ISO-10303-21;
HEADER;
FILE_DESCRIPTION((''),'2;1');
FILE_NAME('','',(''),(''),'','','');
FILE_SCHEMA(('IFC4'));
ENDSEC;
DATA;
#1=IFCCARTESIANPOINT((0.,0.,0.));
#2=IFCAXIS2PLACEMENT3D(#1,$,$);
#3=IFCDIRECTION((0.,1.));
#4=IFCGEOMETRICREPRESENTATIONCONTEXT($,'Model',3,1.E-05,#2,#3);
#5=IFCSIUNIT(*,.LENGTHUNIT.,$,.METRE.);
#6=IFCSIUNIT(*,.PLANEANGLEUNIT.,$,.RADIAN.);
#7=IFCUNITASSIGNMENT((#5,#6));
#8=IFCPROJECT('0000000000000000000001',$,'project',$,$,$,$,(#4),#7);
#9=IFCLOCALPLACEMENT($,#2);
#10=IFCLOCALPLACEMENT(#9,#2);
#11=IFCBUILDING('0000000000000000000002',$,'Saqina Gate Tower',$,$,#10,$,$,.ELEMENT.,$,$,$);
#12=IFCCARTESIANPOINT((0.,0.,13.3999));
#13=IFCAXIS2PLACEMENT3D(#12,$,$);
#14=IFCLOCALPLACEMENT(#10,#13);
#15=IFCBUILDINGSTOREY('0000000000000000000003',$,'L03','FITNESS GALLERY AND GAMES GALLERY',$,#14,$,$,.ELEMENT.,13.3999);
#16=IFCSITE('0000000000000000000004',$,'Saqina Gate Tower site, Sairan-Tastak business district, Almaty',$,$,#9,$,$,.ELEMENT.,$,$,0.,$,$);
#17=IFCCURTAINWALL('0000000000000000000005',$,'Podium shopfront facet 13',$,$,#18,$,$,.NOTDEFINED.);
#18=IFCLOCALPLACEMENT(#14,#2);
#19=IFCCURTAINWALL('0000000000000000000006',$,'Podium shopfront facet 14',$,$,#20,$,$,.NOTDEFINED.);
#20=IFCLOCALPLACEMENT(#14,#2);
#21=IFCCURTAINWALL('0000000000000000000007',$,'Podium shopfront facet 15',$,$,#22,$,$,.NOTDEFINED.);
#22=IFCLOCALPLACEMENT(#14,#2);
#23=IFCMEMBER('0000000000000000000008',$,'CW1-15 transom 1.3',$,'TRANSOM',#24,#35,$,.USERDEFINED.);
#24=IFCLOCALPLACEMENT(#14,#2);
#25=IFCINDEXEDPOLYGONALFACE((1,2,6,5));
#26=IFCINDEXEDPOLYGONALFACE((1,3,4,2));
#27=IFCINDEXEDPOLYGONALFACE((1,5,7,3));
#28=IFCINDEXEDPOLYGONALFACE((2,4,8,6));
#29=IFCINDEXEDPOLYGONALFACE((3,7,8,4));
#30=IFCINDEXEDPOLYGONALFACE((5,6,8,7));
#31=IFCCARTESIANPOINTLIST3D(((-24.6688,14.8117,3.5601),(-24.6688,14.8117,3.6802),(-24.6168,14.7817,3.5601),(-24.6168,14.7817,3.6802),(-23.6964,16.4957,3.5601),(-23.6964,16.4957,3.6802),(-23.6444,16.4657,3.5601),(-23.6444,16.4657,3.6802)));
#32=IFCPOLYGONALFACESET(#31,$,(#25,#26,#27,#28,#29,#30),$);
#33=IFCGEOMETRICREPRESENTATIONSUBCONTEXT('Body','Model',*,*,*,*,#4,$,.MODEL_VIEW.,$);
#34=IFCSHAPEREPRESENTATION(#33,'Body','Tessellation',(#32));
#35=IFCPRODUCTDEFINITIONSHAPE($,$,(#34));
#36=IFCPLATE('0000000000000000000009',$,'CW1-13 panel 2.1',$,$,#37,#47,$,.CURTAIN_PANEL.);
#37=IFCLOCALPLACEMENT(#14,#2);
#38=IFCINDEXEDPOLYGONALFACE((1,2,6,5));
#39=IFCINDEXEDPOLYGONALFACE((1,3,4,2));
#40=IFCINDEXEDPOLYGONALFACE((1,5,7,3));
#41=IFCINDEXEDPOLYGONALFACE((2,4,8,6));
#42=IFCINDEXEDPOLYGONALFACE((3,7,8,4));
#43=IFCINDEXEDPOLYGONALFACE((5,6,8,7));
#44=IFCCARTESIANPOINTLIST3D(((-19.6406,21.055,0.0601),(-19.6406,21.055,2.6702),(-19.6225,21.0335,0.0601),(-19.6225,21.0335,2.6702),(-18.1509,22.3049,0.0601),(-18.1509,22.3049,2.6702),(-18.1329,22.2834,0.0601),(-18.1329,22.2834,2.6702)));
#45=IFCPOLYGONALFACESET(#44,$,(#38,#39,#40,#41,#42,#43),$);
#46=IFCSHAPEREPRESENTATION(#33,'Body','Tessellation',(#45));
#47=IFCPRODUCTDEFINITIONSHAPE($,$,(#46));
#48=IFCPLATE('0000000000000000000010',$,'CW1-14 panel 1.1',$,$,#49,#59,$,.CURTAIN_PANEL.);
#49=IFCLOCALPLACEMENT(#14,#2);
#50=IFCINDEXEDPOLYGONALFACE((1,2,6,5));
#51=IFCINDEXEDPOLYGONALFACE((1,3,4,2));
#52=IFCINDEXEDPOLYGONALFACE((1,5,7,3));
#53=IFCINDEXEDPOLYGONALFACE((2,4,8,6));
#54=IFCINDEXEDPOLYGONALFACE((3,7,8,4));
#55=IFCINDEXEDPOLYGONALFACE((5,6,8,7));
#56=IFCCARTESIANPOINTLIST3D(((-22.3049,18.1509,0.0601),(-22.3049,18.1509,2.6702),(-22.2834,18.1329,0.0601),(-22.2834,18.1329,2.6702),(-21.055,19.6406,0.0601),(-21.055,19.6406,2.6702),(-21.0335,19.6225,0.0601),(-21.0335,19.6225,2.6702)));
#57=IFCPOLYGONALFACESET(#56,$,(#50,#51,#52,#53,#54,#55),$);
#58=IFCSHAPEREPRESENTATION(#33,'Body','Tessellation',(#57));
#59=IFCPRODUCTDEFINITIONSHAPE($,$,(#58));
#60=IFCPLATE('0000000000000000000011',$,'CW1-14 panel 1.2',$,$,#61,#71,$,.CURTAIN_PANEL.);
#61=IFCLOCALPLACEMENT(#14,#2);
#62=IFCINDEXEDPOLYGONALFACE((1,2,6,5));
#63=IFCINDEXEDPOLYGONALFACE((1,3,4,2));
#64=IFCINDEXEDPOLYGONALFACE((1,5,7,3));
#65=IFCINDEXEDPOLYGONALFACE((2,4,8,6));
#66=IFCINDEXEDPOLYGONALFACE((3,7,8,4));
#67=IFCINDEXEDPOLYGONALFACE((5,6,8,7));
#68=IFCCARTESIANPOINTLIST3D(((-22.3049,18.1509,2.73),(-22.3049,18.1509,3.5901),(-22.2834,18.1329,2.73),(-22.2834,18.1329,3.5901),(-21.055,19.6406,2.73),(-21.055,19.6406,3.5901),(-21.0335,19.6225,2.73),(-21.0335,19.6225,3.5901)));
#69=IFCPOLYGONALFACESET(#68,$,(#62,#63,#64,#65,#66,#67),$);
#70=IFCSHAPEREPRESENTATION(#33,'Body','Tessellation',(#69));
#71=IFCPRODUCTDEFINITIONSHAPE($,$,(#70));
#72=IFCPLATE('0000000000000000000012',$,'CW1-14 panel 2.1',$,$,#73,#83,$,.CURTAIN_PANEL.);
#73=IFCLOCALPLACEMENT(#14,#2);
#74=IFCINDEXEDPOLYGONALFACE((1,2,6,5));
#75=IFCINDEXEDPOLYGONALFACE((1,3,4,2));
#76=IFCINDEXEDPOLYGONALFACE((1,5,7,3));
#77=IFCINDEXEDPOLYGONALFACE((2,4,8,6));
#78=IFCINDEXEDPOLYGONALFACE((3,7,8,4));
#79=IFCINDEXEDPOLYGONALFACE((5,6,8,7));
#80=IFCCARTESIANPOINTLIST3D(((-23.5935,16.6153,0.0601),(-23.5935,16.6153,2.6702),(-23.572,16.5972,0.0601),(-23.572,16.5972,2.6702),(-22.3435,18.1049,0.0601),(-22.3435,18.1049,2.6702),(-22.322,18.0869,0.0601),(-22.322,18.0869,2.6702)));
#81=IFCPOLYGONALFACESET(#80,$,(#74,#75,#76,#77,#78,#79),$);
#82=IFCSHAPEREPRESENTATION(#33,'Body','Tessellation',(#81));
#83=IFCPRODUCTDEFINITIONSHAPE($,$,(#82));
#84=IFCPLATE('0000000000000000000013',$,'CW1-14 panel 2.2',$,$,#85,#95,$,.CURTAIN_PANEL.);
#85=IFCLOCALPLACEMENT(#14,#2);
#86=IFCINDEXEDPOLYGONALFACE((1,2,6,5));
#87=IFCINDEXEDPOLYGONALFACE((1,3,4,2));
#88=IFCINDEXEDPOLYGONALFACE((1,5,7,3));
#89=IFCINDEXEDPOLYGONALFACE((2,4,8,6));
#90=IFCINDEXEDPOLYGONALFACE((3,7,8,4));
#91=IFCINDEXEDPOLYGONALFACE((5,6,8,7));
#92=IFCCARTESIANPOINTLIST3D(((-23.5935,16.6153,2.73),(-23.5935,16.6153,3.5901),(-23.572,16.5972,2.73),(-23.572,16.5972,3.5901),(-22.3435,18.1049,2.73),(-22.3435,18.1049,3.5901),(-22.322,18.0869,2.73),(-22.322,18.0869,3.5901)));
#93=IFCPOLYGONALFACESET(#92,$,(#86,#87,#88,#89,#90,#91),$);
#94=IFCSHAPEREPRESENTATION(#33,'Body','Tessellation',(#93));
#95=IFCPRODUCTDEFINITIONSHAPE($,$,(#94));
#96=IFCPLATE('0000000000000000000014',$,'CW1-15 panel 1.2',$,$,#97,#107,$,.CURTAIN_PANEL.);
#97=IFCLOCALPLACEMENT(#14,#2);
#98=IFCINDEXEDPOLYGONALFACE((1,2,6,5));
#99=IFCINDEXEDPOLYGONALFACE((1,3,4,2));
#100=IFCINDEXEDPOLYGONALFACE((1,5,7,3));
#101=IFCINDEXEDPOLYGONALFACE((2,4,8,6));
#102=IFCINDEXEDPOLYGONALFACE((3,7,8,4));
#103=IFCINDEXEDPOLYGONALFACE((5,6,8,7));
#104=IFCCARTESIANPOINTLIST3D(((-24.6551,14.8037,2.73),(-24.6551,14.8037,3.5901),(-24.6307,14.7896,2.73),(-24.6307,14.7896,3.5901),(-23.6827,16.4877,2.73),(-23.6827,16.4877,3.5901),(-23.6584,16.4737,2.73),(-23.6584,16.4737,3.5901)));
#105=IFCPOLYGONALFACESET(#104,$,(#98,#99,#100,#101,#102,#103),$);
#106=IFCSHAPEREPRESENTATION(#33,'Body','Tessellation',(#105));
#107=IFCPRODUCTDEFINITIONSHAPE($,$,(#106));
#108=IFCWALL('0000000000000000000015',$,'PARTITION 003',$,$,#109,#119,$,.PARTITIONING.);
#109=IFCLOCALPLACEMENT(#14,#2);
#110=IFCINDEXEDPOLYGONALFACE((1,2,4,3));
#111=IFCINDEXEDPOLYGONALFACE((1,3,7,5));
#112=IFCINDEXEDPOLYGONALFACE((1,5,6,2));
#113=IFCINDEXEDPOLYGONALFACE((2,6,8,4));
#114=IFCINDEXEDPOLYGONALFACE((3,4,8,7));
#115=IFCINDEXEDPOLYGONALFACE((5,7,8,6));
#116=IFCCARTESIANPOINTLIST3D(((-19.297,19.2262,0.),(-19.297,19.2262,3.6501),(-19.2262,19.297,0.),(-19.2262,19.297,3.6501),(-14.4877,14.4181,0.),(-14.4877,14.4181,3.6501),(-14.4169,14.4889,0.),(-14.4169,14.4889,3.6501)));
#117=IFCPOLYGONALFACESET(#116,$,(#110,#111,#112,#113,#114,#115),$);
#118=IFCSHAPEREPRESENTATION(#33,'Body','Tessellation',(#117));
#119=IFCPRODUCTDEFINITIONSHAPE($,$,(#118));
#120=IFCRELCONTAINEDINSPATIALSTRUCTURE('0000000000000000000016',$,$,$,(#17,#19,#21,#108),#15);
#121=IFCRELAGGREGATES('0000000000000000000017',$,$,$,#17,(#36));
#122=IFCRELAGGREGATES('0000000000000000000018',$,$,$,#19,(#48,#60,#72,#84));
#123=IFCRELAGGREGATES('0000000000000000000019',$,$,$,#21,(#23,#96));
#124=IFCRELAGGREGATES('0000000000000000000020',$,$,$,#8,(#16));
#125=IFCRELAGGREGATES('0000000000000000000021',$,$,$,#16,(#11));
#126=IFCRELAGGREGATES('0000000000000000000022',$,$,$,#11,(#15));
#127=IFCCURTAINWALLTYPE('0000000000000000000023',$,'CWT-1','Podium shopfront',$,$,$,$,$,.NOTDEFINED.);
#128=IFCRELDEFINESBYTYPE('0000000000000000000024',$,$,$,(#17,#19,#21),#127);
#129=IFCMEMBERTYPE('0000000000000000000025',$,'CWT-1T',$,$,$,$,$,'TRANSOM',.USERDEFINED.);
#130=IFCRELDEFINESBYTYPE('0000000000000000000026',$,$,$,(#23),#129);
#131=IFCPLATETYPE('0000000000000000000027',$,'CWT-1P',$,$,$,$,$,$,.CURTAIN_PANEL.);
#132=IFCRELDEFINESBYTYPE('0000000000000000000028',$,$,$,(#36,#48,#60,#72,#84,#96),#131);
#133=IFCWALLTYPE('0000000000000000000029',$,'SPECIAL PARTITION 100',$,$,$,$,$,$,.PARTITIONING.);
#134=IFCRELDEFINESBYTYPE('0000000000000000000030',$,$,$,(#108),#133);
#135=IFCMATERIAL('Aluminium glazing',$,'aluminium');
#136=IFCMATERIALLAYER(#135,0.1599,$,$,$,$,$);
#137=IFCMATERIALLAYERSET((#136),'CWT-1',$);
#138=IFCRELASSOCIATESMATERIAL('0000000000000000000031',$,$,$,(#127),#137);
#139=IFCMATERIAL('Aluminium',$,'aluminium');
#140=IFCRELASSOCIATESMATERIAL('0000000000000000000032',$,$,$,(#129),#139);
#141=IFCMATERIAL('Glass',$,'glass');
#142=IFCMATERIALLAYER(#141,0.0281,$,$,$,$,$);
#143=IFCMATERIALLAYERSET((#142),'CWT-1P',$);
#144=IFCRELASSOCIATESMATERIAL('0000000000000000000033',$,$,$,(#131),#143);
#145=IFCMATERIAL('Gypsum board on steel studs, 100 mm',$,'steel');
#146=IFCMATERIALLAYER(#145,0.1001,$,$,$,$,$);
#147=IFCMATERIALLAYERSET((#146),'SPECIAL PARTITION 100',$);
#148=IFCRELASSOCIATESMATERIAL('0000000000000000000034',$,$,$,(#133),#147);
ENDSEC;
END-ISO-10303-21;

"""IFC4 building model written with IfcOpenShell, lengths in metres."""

from ifc_helpers import new_model, si_unit, direction, frame, frame_2d, origin, origin_2d, place, context, subcontext, project, spatial, rectangle, extrude, material, layer, layer_set, material_profile, profile_set, type_object, element, aggregate, save


model = new_model("IFC4")

# Units and contexts
model_context = context("Model", 3, precision=1e-05, world=origin(), true_north=direction((0.0, 1.0)))
body_context = subcontext(model_context, "Body", "Model", "MODEL_VIEW")
ifc_project = project(units=[si_unit("LENGTHUNIT", "METRE"), si_unit("PLANEANGLEUNIT", "RADIAN")], contexts=[model_context])

# Site, building, storey
site_placement = place(None, origin())
site = spatial("IfcSite", under=ifc_project, at=site_placement, Name="Saqina Gate Tower site, Sairan-Tastak business district, Almaty", CompositionType="ELEMENT", RefElevation=0.0)
building_placement = place(site_placement, origin())
building = spatial("IfcBuilding", under=site, at=building_placement, Name="Saqina Gate Tower", CompositionType="ELEMENT")
storey_placement = place(building_placement, frame((0.0, 0.0, 13.3999)))
storey = spatial("IfcBuildingStorey", under=building, at=storey_placement, Name="L03", Description="FITNESS GALLERY AND GAMES GALLERY", CompositionType="ELEMENT", Elevation=13.3999)

# Curtain wall
ifc_material_1 = material(Name="Aluminium glazing", Category="aluminium")
ifc_layer_1 = layer(ifc_material_1, 0.1599)
ifc_layer_set_1 = layer_set([ifc_layer_1], Name="CWT-1")
curtain_wall_type = type_object("IfcCurtainWallType", Name="CWT-1", Description="Podium shopfront", PredefinedType="NOTDEFINED", material=ifc_layer_set_1)
curtain_wall_1_placement = place(storey_placement, origin())
curtain_wall_1 = element("IfcCurtainWall", 1, at=curtain_wall_1_placement, inside=storey, type_object=curtain_wall_type, Name="Podium shopfront facet 13", PredefinedType="NOTDEFINED")

# Curtain wall
curtain_wall_2_placement = place(storey_placement, origin())
curtain_wall_2 = element("IfcCurtainWall", 2, at=curtain_wall_2_placement, inside=storey, type_object=curtain_wall_type, Name="Podium shopfront facet 14", PredefinedType="NOTDEFINED")

# Curtain wall
curtain_wall_3_placement = place(storey_placement, origin())
curtain_wall_3 = element("IfcCurtainWall", 3, at=curtain_wall_3_placement, inside=storey, type_object=curtain_wall_type, Name="Podium shopfront facet 15", PredefinedType="NOTDEFINED")

# Member
ifc_material_2 = material(Name="Aluminium", Category="aluminium")
ifc_material_profile_1 = material_profile(ifc_material_2, rectangle(XDim=0.0601, YDim=0.1201, at=origin_2d()), Name="Aluminium 60x120")
ifc_profile_set_1 = profile_set([ifc_material_profile_1], Name="Aluminium")
member_type_1 = type_object("IfcMemberType", Name="CWT-1T", ElementType="TRANSOM", PredefinedType="USERDEFINED", material=ifc_profile_set_1)
member_1_placement = place(storey_placement, frame((-23.6704, 16.4807, 3.6201), z_axis=(-0.500041, -0.866002, 0.0), x_axis=(0.866002, -0.500041, 0.0)))
member_1 = element("IfcMember", 4, at=member_1_placement, type_object=member_type_1, Name="CW1-15 transom 1.3", ObjectType="TRANSOM", PredefinedType="USERDEFINED", context=body_context, shape_type="SweptSolid", body=[
    extrude(rectangle(XDim=0.0601, YDim=0.1201, at=origin_2d()), origin(), (0.0, 0.0, 1.0), 1.9446),
])

# Plates
ifc_material_3 = material(Name="Glass", Category="glass")
ifc_layer_2 = layer(ifc_material_3, 0.0281)
ifc_layer_set_2 = layer_set([ifc_layer_2], Name="CWT-1P")
plate_type = type_object("IfcPlateType", Name="CWT-1P", PredefinedType="CURTAIN_PANEL", material=ifc_layer_set_2)
plate_1_placement = place(storey_placement, frame((-18.8867, 21.6692, 0.0601), z_axis=(0.0, 0.0, 1.0), x_axis=(-0.766051, -0.642779, 0.0)))
plate_1 = element("IfcPlate", 5, at=plate_1_placement, type_object=plate_type, Name="CW1-13 panel 2.1", PredefinedType="CURTAIN_PANEL", context=body_context, shape_type="SweptSolid", body=[
    extrude(rectangle(XDim=1.9446, YDim=0.0281, at=origin_2d()), origin(), (0.0, 0.0, 1.0), 2.6101),
])
aggregate(curtain_wall_1, [plate_1])
plate_2_placement = place(storey_placement, frame((-21.6692, 18.8867, 0.0601), z_axis=(0.0, 0.0, 1.0), x_axis=(-0.642779, -0.766051, 0.0)))
plate_2 = element("IfcPlate", 6, at=plate_2_placement, type_object=plate_type, Name="CW1-14 panel 1.1", PredefinedType="CURTAIN_PANEL", context=body_context, shape_type="SweptSolid", body=[
    extrude(rectangle(XDim=1.9446, YDim=0.0281, at=origin_2d()), origin(), (0.0, 0.0, 1.0), 2.6101),
])
plate_3_placement = place(storey_placement, frame((-21.6692, 18.8867, 2.73), z_axis=(0.0, 0.0, 1.0), x_axis=(-0.642779, -0.766051, 0.0)))
plate_3 = element("IfcPlate", 7, at=plate_3_placement, type_object=plate_type, Name="CW1-14 panel 1.2", PredefinedType="CURTAIN_PANEL", context=body_context, shape_type="SweptSolid", body=[
    extrude(rectangle(XDim=1.9446, YDim=0.0281, at=origin_2d()), origin(), (0.0, 0.0, 1.0), 0.8601),
])
plate_4_placement = place(storey_placement, frame((-22.9578, 17.3511, 0.0601), z_axis=(0.0, 0.0, 1.0), x_axis=(-0.642779, -0.766051, 0.0)))
plate_4 = element("IfcPlate", 8, at=plate_4_placement, type_object=plate_type, Name="CW1-14 panel 2.1", PredefinedType="CURTAIN_PANEL", context=body_context, shape_type="SweptSolid", body=[
    extrude(rectangle(XDim=1.9446, YDim=0.0281, at=origin_2d()), origin(), (0.0, 0.0, 1.0), 2.6101),
])
plate_5_placement = place(storey_placement, frame((-22.9578, 17.3511, 2.73), z_axis=(0.0, 0.0, 1.0), x_axis=(-0.642779, -0.766051, 0.0)))
plate_5 = element("IfcPlate", 9, at=plate_5_placement, type_object=plate_type, Name="CW1-14 panel 2.2", PredefinedType="CURTAIN_PANEL", context=body_context, shape_type="SweptSolid", body=[
    extrude(rectangle(XDim=1.9446, YDim=0.0281, at=origin_2d()), origin(), (0.0, 0.0, 1.0), 0.8601),
])
aggregate(curtain_wall_2, [plate_2, plate_3, plate_4, plate_5])
plate_6_placement = place(storey_placement, frame((-24.1567, 15.6387, 2.73), z_axis=(0.0, 0.0, 1.0), x_axis=(-0.500014, -0.866017, 0.0)))
plate_6 = element("IfcPlate", 10, at=plate_6_placement, type_object=plate_type, Name="CW1-15 panel 1.2", PredefinedType="CURTAIN_PANEL", context=body_context, shape_type="SweptSolid", body=[
    extrude(rectangle(XDim=1.9446, YDim=0.0281, at=origin_2d()), origin(), (0.0, 0.0, 1.0), 0.8601),
])
aggregate(curtain_wall_3, [member_1, plate_6])

# Wall
ifc_material_4 = material(Name="Gypsum board on steel studs, 100 mm", Category="steel")
ifc_layer_3 = layer(ifc_material_4, 0.1001)
ifc_layer_set_3 = layer_set([ifc_layer_3], Name="SPECIAL PARTITION 100")
wall_type = type_object("IfcWallType", Name="SPECIAL PARTITION 100", PredefinedType="PARTITIONING", material=ifc_layer_set_3)
wall_placement = place(storey_placement, frame((-19.2617, 19.2617, 0.0), z_axis=(0.0, 0.0, 1.0), x_axis=(0.707197, -0.707017, 0.0)))
element("IfcWall", 11, at=wall_placement, inside=storey, type_object=wall_type, Name="PARTITION 003", PredefinedType="PARTITIONING", context=body_context, shape_type="SweptSolid", body=[
    extrude(rectangle(XDim=6.8005, YDim=0.1001, at=frame_2d((3.4004, 0.0))), origin(), (0.0, 0.0, 1.0), 3.6501),
])

save(model, "model.ifc")
